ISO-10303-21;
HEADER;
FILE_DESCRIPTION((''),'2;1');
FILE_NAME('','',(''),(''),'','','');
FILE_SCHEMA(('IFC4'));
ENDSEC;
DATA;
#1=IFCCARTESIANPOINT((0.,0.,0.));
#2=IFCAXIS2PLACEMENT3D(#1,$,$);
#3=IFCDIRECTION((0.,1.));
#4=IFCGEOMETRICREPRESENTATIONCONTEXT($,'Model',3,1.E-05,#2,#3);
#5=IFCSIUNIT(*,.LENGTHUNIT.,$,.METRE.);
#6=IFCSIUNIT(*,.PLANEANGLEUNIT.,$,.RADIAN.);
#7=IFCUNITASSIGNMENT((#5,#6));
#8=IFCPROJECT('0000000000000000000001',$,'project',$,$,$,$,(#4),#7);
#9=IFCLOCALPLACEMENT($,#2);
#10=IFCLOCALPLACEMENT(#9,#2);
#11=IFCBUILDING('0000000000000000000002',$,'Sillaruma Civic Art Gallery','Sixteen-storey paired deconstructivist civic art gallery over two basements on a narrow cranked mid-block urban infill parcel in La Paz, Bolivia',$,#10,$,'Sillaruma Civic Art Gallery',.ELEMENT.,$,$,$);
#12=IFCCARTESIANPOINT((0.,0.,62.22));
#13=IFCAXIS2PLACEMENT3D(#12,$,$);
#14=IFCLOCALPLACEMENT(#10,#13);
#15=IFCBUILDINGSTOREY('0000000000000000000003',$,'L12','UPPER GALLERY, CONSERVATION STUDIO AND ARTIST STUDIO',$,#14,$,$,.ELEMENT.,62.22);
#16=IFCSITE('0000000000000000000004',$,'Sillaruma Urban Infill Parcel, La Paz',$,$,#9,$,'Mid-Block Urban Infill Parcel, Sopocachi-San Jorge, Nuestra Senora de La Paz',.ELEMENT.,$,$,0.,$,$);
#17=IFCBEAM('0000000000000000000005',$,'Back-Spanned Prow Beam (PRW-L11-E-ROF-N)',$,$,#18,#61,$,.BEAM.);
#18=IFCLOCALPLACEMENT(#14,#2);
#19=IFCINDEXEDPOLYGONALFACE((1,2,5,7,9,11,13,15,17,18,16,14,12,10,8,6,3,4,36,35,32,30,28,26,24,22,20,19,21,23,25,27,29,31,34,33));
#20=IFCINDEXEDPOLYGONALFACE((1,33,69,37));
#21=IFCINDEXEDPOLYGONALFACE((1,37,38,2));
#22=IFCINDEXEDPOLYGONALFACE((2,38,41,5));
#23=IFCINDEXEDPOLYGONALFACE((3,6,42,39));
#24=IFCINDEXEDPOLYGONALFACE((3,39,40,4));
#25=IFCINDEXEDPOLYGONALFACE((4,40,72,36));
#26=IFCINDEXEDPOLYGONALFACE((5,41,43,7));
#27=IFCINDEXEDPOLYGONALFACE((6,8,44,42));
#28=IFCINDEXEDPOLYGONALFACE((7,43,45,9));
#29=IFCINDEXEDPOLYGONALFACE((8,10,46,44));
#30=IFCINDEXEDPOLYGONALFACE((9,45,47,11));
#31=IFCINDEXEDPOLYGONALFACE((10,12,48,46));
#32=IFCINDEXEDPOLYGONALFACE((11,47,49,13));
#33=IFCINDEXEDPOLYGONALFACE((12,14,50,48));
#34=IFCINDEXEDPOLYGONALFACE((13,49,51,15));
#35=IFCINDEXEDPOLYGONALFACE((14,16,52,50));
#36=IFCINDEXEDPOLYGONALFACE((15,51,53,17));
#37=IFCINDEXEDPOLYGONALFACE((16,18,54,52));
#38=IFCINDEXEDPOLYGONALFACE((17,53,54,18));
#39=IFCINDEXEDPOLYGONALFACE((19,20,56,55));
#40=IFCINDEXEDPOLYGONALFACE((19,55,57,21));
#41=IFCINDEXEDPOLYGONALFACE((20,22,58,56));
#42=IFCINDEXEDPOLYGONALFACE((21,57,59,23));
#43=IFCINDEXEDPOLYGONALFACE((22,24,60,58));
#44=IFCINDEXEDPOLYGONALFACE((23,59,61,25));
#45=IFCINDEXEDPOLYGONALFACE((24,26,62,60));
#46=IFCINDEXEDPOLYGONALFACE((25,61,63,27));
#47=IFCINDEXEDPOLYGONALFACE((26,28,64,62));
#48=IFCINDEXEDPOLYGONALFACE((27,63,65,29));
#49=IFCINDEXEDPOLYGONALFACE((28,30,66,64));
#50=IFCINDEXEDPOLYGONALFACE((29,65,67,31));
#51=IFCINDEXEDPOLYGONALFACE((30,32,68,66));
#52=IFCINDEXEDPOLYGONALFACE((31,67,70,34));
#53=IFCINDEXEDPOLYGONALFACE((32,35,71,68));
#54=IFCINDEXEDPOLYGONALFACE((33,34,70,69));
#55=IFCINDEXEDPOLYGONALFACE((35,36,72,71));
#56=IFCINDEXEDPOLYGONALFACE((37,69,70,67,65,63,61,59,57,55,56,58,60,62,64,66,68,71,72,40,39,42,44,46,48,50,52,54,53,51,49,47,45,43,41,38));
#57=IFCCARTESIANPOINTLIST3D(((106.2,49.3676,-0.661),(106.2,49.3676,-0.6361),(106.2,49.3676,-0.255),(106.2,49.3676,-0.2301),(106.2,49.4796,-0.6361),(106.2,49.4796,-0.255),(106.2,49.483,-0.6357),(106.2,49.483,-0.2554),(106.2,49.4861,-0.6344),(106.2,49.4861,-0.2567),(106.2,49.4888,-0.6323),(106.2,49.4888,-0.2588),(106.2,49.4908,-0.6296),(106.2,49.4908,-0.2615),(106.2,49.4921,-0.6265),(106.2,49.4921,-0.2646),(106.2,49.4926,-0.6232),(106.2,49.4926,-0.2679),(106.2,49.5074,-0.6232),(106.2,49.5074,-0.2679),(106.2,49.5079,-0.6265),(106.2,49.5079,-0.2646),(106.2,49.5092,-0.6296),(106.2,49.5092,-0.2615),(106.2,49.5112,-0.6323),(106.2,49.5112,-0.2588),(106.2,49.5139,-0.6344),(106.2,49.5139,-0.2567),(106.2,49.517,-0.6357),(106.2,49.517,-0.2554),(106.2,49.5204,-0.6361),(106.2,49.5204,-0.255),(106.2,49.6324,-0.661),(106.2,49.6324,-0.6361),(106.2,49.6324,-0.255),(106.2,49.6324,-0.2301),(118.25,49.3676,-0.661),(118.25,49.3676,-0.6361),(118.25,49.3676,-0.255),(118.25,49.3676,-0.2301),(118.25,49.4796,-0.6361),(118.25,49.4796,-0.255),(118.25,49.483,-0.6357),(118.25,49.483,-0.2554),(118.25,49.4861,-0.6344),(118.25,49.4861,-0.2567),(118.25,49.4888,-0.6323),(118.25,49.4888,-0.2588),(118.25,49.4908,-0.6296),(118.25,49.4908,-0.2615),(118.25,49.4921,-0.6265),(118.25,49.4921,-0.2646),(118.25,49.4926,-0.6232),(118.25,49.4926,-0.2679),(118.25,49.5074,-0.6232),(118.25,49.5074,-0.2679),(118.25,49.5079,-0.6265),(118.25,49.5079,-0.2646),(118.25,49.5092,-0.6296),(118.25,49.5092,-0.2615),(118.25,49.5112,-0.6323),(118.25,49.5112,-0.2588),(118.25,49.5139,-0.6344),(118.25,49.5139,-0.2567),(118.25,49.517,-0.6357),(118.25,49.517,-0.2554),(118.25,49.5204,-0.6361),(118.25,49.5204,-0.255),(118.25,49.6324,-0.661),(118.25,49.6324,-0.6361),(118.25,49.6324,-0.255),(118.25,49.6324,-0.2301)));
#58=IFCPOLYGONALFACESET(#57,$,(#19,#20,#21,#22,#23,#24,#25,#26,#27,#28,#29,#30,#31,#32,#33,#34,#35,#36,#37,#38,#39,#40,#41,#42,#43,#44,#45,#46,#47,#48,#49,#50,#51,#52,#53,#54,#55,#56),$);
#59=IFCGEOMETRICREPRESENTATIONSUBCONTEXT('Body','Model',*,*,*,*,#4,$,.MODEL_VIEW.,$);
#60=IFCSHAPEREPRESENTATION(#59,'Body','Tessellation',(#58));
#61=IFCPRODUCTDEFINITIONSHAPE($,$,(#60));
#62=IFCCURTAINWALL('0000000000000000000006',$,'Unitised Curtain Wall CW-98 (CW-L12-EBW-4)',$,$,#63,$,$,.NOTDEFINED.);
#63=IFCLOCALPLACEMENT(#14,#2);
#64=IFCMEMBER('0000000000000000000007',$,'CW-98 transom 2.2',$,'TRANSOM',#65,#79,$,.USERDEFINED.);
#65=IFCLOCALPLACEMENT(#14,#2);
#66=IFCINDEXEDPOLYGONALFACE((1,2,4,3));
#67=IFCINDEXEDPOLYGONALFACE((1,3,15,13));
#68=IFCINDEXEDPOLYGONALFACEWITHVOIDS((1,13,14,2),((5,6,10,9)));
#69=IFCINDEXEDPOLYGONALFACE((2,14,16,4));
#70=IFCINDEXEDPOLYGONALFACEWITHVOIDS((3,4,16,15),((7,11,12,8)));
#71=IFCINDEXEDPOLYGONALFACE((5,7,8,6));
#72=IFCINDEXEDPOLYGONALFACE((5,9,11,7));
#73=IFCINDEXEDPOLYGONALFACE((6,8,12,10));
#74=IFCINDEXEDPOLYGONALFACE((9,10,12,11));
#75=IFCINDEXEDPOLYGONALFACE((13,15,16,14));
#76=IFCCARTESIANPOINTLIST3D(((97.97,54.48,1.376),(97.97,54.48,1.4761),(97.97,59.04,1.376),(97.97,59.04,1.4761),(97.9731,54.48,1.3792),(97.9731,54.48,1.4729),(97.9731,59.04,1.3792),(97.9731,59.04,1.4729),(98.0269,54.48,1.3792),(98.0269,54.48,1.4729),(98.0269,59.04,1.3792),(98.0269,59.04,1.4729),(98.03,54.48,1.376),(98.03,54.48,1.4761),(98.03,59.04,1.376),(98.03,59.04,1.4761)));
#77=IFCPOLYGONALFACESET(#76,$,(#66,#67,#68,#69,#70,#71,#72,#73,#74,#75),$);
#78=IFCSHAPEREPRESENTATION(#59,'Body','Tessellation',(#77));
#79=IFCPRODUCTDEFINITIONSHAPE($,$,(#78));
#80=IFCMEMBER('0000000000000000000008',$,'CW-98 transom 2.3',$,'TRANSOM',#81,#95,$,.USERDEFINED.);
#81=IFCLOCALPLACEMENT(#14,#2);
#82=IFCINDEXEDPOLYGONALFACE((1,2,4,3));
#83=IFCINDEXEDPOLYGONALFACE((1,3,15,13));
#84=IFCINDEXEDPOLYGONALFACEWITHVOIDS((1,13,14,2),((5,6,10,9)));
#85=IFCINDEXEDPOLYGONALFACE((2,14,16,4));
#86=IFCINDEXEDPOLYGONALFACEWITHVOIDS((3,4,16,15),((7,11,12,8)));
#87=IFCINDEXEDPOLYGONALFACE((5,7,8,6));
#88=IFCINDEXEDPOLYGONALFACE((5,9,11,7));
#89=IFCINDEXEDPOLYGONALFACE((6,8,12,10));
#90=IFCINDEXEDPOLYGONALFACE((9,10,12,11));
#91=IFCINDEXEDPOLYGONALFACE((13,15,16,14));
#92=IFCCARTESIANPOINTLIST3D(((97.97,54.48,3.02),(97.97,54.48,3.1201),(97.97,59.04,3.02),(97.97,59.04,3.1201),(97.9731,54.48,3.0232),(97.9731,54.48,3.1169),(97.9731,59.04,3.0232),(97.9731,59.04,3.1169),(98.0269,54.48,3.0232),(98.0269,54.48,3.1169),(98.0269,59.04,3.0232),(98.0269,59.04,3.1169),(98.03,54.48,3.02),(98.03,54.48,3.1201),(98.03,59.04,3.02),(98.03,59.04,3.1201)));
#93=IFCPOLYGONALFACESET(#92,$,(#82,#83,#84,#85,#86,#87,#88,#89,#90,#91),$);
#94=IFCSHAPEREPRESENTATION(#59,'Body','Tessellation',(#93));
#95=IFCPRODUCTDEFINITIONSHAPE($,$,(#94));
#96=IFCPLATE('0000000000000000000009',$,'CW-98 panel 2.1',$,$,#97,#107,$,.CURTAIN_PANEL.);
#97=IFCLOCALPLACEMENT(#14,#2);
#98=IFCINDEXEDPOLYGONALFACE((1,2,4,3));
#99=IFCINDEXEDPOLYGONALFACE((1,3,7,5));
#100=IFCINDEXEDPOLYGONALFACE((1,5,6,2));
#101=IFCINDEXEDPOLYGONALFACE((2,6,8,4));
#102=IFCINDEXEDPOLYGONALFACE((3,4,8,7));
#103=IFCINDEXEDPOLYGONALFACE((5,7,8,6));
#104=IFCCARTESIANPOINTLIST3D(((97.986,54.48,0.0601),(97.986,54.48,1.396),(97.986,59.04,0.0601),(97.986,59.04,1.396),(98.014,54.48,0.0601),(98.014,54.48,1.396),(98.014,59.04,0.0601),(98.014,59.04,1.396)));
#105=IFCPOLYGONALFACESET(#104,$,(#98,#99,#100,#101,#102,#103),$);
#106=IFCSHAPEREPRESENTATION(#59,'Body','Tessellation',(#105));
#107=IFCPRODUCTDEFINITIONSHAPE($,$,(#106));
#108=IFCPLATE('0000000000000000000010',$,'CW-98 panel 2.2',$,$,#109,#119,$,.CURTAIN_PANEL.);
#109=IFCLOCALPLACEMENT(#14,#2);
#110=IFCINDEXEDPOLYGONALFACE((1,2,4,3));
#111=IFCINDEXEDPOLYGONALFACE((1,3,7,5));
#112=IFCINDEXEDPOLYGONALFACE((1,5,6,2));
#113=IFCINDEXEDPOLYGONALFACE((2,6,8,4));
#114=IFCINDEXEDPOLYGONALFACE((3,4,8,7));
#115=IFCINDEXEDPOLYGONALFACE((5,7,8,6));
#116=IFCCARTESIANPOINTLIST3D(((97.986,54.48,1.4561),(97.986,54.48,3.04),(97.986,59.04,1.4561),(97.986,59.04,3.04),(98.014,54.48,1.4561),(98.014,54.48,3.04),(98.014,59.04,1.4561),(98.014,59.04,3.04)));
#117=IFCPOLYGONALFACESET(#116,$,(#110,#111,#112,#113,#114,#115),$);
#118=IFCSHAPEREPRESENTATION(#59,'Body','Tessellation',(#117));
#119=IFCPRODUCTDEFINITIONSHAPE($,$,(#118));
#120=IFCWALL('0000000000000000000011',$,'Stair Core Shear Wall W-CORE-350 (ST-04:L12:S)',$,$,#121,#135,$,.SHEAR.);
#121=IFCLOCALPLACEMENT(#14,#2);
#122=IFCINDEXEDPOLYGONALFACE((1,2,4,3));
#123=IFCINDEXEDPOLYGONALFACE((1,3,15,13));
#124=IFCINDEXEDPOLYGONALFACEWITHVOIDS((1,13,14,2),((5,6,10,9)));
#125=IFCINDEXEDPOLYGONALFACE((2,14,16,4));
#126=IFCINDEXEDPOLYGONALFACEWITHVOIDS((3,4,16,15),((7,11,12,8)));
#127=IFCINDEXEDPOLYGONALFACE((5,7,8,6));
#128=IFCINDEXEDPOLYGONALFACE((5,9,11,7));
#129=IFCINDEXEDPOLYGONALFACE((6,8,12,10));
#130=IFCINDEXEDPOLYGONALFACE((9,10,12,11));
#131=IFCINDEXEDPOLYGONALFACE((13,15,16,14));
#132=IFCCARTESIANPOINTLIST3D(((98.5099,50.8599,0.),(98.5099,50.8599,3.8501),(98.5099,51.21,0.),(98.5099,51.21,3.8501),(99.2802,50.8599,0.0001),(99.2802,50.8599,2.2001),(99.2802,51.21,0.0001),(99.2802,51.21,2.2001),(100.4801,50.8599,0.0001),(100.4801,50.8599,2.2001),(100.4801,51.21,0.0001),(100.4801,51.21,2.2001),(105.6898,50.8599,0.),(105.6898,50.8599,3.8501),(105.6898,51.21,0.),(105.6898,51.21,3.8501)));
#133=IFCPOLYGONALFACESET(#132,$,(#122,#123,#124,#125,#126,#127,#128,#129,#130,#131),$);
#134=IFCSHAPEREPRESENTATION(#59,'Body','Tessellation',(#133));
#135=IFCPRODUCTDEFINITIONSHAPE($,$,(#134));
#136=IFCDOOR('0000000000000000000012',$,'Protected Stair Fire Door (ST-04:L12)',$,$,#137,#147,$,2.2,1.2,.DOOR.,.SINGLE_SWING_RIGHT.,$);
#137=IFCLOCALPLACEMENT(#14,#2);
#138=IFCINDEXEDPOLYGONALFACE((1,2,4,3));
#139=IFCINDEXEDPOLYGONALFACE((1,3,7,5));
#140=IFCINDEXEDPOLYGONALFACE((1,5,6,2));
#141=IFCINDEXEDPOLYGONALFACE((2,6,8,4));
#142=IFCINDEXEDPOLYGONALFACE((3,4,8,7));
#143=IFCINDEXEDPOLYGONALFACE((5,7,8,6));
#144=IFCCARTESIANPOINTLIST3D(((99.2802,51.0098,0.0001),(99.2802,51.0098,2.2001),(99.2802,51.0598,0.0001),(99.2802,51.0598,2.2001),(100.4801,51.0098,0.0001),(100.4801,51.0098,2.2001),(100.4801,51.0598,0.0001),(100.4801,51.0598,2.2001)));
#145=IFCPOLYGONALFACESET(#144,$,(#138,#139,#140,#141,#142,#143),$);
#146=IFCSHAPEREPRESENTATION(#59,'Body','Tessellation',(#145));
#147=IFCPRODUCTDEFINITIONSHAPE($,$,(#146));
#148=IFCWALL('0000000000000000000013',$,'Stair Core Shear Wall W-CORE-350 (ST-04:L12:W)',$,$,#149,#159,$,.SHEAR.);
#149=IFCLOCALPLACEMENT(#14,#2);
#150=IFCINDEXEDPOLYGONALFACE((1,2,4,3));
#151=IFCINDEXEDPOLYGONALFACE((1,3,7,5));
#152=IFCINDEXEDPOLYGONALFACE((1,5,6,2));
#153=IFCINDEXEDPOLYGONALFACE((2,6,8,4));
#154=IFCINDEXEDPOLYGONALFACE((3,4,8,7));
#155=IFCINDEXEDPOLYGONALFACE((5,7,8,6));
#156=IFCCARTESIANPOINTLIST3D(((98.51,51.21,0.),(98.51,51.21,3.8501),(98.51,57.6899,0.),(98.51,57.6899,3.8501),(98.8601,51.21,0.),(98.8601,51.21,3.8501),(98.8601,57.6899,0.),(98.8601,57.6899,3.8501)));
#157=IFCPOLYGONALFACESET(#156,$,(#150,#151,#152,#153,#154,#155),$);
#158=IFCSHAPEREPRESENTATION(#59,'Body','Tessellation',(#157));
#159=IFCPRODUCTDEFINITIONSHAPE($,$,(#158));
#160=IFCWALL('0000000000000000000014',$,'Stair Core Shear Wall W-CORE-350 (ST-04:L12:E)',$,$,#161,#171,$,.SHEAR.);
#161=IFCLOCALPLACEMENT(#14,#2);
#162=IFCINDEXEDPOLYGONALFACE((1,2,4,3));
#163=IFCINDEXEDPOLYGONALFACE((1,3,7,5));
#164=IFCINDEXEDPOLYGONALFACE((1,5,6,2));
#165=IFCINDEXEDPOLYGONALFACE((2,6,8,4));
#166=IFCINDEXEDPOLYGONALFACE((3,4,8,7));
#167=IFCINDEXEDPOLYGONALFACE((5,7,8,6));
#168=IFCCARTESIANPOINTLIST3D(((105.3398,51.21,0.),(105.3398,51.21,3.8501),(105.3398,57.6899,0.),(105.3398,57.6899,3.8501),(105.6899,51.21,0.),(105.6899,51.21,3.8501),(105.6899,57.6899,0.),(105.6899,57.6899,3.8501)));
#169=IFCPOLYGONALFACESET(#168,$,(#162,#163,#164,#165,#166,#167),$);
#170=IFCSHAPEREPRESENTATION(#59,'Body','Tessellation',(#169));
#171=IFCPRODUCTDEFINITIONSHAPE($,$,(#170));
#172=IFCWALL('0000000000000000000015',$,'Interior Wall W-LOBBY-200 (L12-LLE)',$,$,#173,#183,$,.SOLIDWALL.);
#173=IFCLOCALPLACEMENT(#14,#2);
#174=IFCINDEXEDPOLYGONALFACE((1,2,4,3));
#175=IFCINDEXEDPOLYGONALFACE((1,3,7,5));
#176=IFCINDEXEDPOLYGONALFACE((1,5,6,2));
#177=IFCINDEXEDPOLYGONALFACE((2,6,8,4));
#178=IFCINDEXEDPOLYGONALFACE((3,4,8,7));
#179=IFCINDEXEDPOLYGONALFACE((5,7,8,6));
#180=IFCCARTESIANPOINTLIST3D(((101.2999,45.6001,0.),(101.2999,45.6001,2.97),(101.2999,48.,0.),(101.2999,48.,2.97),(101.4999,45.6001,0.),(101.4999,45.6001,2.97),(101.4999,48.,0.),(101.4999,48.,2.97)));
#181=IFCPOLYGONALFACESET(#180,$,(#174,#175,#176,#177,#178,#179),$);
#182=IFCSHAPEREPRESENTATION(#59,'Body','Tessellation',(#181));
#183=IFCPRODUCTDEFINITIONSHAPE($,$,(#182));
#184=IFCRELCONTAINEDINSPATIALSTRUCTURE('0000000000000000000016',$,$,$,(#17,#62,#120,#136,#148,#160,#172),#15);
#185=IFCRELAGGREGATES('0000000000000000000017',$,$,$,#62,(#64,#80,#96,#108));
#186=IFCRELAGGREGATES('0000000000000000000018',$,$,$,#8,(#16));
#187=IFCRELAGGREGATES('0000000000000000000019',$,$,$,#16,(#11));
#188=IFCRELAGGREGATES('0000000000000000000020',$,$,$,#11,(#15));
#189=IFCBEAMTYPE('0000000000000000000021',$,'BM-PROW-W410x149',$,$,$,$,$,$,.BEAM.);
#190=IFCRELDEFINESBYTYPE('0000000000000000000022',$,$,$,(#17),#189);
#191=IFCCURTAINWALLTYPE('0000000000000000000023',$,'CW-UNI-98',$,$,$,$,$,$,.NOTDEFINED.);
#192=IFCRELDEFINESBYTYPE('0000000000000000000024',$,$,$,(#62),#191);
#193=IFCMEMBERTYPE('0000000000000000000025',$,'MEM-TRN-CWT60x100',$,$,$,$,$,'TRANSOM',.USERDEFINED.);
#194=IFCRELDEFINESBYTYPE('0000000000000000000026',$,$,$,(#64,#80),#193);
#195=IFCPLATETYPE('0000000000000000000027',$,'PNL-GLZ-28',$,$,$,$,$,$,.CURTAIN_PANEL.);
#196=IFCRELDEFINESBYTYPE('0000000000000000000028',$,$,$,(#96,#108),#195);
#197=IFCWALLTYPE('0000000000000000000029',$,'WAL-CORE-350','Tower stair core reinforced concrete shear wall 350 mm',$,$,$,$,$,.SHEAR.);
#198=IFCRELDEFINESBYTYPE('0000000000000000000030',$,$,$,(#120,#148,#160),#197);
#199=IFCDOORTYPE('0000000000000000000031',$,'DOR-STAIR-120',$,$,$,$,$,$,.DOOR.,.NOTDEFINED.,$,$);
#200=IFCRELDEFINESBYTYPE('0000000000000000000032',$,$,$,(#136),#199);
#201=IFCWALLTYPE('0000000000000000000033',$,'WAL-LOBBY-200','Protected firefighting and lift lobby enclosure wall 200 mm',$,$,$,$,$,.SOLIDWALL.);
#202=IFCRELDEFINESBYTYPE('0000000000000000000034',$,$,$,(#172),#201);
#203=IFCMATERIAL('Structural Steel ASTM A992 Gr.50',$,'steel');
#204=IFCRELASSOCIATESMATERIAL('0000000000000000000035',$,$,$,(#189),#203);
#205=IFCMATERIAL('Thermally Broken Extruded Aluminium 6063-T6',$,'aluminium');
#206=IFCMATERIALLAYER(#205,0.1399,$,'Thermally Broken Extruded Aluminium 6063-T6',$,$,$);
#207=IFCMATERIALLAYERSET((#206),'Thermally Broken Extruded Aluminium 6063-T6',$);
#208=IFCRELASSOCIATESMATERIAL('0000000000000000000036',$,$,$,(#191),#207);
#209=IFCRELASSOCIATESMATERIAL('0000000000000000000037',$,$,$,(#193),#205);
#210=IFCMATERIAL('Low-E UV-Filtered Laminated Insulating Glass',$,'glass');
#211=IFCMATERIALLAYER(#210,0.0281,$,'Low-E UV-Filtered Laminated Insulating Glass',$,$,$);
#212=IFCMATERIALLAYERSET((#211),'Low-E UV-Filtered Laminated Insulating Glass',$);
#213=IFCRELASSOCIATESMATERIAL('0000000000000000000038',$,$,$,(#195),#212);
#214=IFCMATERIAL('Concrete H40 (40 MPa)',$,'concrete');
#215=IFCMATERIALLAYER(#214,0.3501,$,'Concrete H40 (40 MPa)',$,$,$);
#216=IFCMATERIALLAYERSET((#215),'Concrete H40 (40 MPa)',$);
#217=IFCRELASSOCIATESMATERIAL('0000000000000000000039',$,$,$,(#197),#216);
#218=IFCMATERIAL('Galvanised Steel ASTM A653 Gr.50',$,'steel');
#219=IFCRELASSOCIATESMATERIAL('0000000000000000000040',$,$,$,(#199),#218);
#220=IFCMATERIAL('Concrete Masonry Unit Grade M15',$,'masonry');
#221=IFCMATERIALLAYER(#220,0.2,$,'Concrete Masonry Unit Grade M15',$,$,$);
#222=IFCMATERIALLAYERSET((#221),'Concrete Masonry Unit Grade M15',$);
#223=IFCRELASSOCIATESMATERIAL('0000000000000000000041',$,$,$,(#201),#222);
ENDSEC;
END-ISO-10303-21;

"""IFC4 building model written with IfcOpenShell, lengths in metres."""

from ifc_helpers import new_model, si_unit, direction, frame, frame_2d, origin, origin_2d, place, context, subcontext, project, spatial, rectangle, hollow_rectangle, i_section, extrude, material, layer, layer_set, material_profile, profile_set, type_object, element, fill, aggregate, save


model = new_model("IFC4")

# Units and contexts
model_context = context("Model", 3, precision=1e-05, world=origin(), true_north=direction((0.0, 1.0)))
body_context = subcontext(model_context, "Body", "Model", "MODEL_VIEW")
ifc_project = project(units=[si_unit("LENGTHUNIT", "METRE"), si_unit("PLANEANGLEUNIT", "RADIAN")], contexts=[model_context])

# Site, building, storey
site_placement = place(None, origin())
site = spatial("IfcSite", under=ifc_project, at=site_placement, Name="Sillaruma Urban Infill Parcel, La Paz", LongName="Mid-Block Urban Infill Parcel, Sopocachi-San Jorge, Nuestra Senora de La Paz", CompositionType="ELEMENT", RefElevation=0.0)
building_placement = place(site_placement, origin())
building = spatial("IfcBuilding", under=site, at=building_placement, Name="Sillaruma Civic Art Gallery", Description="Sixteen-storey paired deconstructivist civic art gallery over two basements on a narrow cranked mid-block urban infill parcel in La Paz, Bolivia", LongName="Sillaruma Civic Art Gallery", CompositionType="ELEMENT")
storey_placement = place(building_placement, frame((0.0, 0.0, 62.22)))
storey = spatial("IfcBuildingStorey", under=building, at=storey_placement, Name="L12", Description="UPPER GALLERY, CONSERVATION STUDIO AND ARTIST STUDIO", CompositionType="ELEMENT", Elevation=62.22)

# Shared definitions
ifc_material_1 = material(Name="Concrete H40 (40 MPa)", Category="concrete")

# Beam
ifc_material_2 = material(Name="Structural Steel ASTM A992 Gr.50", Category="steel")
ifc_material_profile_1 = material_profile(ifc_material_2, i_section(OverallWidth=0.2649, OverallDepth=0.4309, WebThickness=0.0149, FlangeThickness=0.0249, FilletRadius=0.0129, at=origin_2d()), Name="W410x149")
ifc_profile_set_1 = profile_set([ifc_material_profile_1], Name="Structural Steel ASTM A992 Gr.50")
beam_type_1 = type_object("IfcBeamType", Name="BM-PROW-W410x149", PredefinedType="BEAM", material=ifc_profile_set_1)
beam_1_placement = place(storey_placement, frame((106.2, 49.5, -0.4456), z_axis=(1.0, 0.0, 0.0), x_axis=(0.0, 1.0, 0.0)))
element("IfcBeam", 1, at=beam_1_placement, inside=storey, type_object=beam_type_1, Name="Back-Spanned Prow Beam (PRW-L11-E-ROF-N)", PredefinedType="BEAM", context=body_context, shape_type="SweptSolid", body=[
    extrude(i_section(OverallWidth=0.2649, OverallDepth=0.4309, WebThickness=0.0149, FlangeThickness=0.0249, FilletRadius=0.0129, at=origin_2d()), origin(), (0.0, 0.0, 1.0), 12.05),
])

# Curtain wall, members, plates
ifc_material_3 = material(Name="Thermally Broken Extruded Aluminium 6063-T6", Category="aluminium")
ifc_layer_1 = layer(ifc_material_3, 0.1399, Name="Thermally Broken Extruded Aluminium 6063-T6")
ifc_layer_set_1 = layer_set([ifc_layer_1], Name="Thermally Broken Extruded Aluminium 6063-T6")
curtain_wall_type = type_object("IfcCurtainWallType", Name="CW-UNI-98", PredefinedType="NOTDEFINED", material=ifc_layer_set_1)
curtain_wall_placement = place(storey_placement, origin())
curtain_wall = element("IfcCurtainWall", 2, at=curtain_wall_placement, inside=storey, type_object=curtain_wall_type, Name="Unitised Curtain Wall CW-98 (CW-L12-EBW-4)", PredefinedType="NOTDEFINED")
ifc_material_profile_2 = material_profile(ifc_material_3, hollow_rectangle(XDim=0.0601, YDim=0.1001, WallThickness=0.0032, at=origin_2d()), Name="CWT60x100")
ifc_profile_set_2 = profile_set([ifc_material_profile_2], Name="Thermally Broken Extruded Aluminium 6063-T6")
member_type = type_object("IfcMemberType", Name="MEM-TRN-CWT60x100", ElementType="TRANSOM", PredefinedType="USERDEFINED", material=ifc_profile_set_2)
member_1_placement = place(storey_placement, frame((98.0, 54.48, 1.426), z_axis=(0.0, 1.0, 0.0), x_axis=(-1.0, 0.0, 0.0)))
member_1 = element("IfcMember", 3, at=member_1_placement, type_object=member_type, Name="CW-98 transom 2.2", ObjectType="TRANSOM", PredefinedType="USERDEFINED", context=body_context, shape_type="SweptSolid", body=[
    extrude(hollow_rectangle(XDim=0.0601, YDim=0.1001, WallThickness=0.0032, at=origin_2d()), origin(), (0.0, 0.0, 1.0), 4.5601),
])
member_2_placement = place(storey_placement, frame((98.0, 54.48, 3.0701), z_axis=(0.0, 1.0, 0.0), x_axis=(-1.0, 0.0, 0.0)))
member_2 = element("IfcMember", 4, at=member_2_placement, type_object=member_type, Name="CW-98 transom 2.3", ObjectType="TRANSOM", PredefinedType="USERDEFINED", context=body_context, shape_type="SweptSolid", body=[
    extrude(hollow_rectangle(XDim=0.0601, YDim=0.1001, WallThickness=0.0032, at=origin_2d()), origin(), (0.0, 0.0, 1.0), 4.5601),
])
ifc_material_4 = material(Name="Low-E UV-Filtered Laminated Insulating Glass", Category="glass")
ifc_layer_2 = layer(ifc_material_4, 0.0281, Name="Low-E UV-Filtered Laminated Insulating Glass")
ifc_layer_set_2 = layer_set([ifc_layer_2], Name="Low-E UV-Filtered Laminated Insulating Glass")
plate_type = type_object("IfcPlateType", Name="PNL-GLZ-28", PredefinedType="CURTAIN_PANEL", material=ifc_layer_set_2)
plate_1_placement = place(storey_placement, frame((98.0, 56.76, 0.0601), z_axis=(0.0, 0.0, 1.0), x_axis=(0.0, 1.0, 0.0)))
plate_1 = element("IfcPlate", 5, at=plate_1_placement, type_object=plate_type, Name="CW-98 panel 2.1", PredefinedType="CURTAIN_PANEL", context=body_context, shape_type="SweptSolid", body=[
    extrude(rectangle(XDim=4.5601, YDim=0.0281, at=origin_2d()), origin(), (0.0, 0.0, 1.0), 1.3359),
])
plate_2_placement = place(storey_placement, frame((98.0, 56.76, 1.4561), z_axis=(0.0, 0.0, 1.0), x_axis=(0.0, 1.0, 0.0)))
plate_2 = element("IfcPlate", 6, at=plate_2_placement, type_object=plate_type, Name="CW-98 panel 2.2", PredefinedType="CURTAIN_PANEL", context=body_context, shape_type="SweptSolid", body=[
    extrude(rectangle(XDim=4.5601, YDim=0.0281, at=origin_2d()), origin(), (0.0, 0.0, 1.0), 1.584),
])
aggregate(curtain_wall, [member_1, member_2, plate_1, plate_2])

# Wall, opening, door
ifc_layer_3 = layer(ifc_material_1, 0.3501, Name="Concrete H40 (40 MPa)")
ifc_layer_set_3 = layer_set([ifc_layer_3], Name="Concrete H40 (40 MPa)")
wall_type_1 = type_object("IfcWallType", Name="WAL-CORE-350", Description="Tower stair core reinforced concrete shear wall 350 mm", PredefinedType="SHEAR", material=ifc_layer_set_3)
wall_1_placement = place(storey_placement, frame((98.51, 51.0349, 0.0), z_axis=(0.0, 0.0, 1.0), x_axis=(1.0, 0.0, 0.0)))
wall_1 = element("IfcWall", 7, at=wall_1_placement, inside=storey, type_object=wall_type_1, Name="Stair Core Shear Wall W-CORE-350 (ST-04:L12:S)", PredefinedType="SHEAR", context=body_context, shape_type="SweptSolid", body=[
    extrude(rectangle(XDim=7.1799, YDim=0.3501, at=frame_2d((3.5898, 0.0))), origin(), (0.0, 0.0, 1.0), 3.8501),
])
opening_1_placement = place(wall_1_placement, frame((0.77, 0.0, 0.0)))
opening_1 = element("IfcOpeningElement", 8, at=opening_1_placement, cuts=wall_1, PredefinedType="OPENING", context=body_context, shape_type="SweptSolid", body=[
    extrude(rectangle(XDim=1.2, YDim=2.2, at=frame_2d((0.6001, 1.1001))), frame((0.0, 0.1851, 0.0), z_axis=(0.0, -1.0, 0.0), x_axis=(1.0, 0.0, 0.0)), (0.0, 0.0, 1.0), 0.3701),
])
ifc_material_5 = material(Name="Galvanised Steel ASTM A653 Gr.50", Category="steel")
door_type_1 = type_object("IfcDoorType", Name="DOR-STAIR-120", OperationType="NOTDEFINED", PredefinedType="DOOR", material=ifc_material_5)
door_1_placement = place(opening_1_placement, origin())
door_1 = element("IfcDoor", 9, at=door_1_placement, inside=storey, type_object=door_type_1, Name="Protected Stair Fire Door (ST-04:L12)", OperationType="SINGLE_SWING_RIGHT", OverallHeight=2.2, OverallWidth=1.2, PredefinedType="DOOR", context=body_context, shape_type="SweptSolid", body=[
    extrude(rectangle(XDim=1.2, YDim=2.2, at=frame_2d((0.6001, 1.1001))), frame((0.0, 0.0249, 0.0), z_axis=(0.0, -1.0, 0.0), x_axis=(1.0, 0.0, 0.0)), (0.0, 0.0, 1.0), 0.05),
])
fill(opening_1, door_1)

# Walls
for number, where, z_axis, x_axis, name in (
    (10, (98.6851, 51.21, 0.0), (0.0, 0.0, 1.0), (0.0, 1.0, 0.0), "Stair Core Shear Wall W-CORE-350 (ST-04:L12:W)"),
    (11, (105.5149, 51.21, 0.0), (0.0, 0.0, 1.0), (0.0, 1.0, 0.0), "Stair Core Shear Wall W-CORE-350 (ST-04:L12:E)"),
):
    element("IfcWall", number, at=place(storey_placement, frame(where, z_axis=z_axis, x_axis=x_axis)), inside=storey, type_object=wall_type_1, Name=name, PredefinedType="SHEAR", context=body_context, shape_type="SweptSolid", body=[
        extrude(rectangle(XDim=6.48, YDim=0.3501, at=frame_2d((3.24, 0.0))), origin(), (0.0, 0.0, 1.0), 3.8501),
    ])
ifc_material_6 = material(Name="Concrete Masonry Unit Grade M15", Category="masonry")
ifc_layer_4 = layer(ifc_material_6, 0.2, Name="Concrete Masonry Unit Grade M15")
ifc_layer_set_4 = layer_set([ifc_layer_4], Name="Concrete Masonry Unit Grade M15")
wall_type_2 = type_object("IfcWallType", Name="WAL-LOBBY-200", Description="Protected firefighting and lift lobby enclosure wall 200 mm", PredefinedType="SOLIDWALL", material=ifc_layer_set_4)
wall_2_placement = place(storey_placement, frame((101.3999, 45.6001, 0.0), z_axis=(0.0, 0.0, 1.0), x_axis=(0.0, 1.0, 0.0)))
element("IfcWall", 12, at=wall_2_placement, inside=storey, type_object=wall_type_2, Name="Interior Wall W-LOBBY-200 (L12-LLE)", PredefinedType="SOLIDWALL", context=body_context, shape_type="SweptSolid", body=[
    extrude(rectangle(XDim=2.3999, YDim=0.2, at=frame_2d((1.2, 0.0))), origin(), (0.0, 0.0, 1.0), 2.97),
])

save(model, "model.ifc")
